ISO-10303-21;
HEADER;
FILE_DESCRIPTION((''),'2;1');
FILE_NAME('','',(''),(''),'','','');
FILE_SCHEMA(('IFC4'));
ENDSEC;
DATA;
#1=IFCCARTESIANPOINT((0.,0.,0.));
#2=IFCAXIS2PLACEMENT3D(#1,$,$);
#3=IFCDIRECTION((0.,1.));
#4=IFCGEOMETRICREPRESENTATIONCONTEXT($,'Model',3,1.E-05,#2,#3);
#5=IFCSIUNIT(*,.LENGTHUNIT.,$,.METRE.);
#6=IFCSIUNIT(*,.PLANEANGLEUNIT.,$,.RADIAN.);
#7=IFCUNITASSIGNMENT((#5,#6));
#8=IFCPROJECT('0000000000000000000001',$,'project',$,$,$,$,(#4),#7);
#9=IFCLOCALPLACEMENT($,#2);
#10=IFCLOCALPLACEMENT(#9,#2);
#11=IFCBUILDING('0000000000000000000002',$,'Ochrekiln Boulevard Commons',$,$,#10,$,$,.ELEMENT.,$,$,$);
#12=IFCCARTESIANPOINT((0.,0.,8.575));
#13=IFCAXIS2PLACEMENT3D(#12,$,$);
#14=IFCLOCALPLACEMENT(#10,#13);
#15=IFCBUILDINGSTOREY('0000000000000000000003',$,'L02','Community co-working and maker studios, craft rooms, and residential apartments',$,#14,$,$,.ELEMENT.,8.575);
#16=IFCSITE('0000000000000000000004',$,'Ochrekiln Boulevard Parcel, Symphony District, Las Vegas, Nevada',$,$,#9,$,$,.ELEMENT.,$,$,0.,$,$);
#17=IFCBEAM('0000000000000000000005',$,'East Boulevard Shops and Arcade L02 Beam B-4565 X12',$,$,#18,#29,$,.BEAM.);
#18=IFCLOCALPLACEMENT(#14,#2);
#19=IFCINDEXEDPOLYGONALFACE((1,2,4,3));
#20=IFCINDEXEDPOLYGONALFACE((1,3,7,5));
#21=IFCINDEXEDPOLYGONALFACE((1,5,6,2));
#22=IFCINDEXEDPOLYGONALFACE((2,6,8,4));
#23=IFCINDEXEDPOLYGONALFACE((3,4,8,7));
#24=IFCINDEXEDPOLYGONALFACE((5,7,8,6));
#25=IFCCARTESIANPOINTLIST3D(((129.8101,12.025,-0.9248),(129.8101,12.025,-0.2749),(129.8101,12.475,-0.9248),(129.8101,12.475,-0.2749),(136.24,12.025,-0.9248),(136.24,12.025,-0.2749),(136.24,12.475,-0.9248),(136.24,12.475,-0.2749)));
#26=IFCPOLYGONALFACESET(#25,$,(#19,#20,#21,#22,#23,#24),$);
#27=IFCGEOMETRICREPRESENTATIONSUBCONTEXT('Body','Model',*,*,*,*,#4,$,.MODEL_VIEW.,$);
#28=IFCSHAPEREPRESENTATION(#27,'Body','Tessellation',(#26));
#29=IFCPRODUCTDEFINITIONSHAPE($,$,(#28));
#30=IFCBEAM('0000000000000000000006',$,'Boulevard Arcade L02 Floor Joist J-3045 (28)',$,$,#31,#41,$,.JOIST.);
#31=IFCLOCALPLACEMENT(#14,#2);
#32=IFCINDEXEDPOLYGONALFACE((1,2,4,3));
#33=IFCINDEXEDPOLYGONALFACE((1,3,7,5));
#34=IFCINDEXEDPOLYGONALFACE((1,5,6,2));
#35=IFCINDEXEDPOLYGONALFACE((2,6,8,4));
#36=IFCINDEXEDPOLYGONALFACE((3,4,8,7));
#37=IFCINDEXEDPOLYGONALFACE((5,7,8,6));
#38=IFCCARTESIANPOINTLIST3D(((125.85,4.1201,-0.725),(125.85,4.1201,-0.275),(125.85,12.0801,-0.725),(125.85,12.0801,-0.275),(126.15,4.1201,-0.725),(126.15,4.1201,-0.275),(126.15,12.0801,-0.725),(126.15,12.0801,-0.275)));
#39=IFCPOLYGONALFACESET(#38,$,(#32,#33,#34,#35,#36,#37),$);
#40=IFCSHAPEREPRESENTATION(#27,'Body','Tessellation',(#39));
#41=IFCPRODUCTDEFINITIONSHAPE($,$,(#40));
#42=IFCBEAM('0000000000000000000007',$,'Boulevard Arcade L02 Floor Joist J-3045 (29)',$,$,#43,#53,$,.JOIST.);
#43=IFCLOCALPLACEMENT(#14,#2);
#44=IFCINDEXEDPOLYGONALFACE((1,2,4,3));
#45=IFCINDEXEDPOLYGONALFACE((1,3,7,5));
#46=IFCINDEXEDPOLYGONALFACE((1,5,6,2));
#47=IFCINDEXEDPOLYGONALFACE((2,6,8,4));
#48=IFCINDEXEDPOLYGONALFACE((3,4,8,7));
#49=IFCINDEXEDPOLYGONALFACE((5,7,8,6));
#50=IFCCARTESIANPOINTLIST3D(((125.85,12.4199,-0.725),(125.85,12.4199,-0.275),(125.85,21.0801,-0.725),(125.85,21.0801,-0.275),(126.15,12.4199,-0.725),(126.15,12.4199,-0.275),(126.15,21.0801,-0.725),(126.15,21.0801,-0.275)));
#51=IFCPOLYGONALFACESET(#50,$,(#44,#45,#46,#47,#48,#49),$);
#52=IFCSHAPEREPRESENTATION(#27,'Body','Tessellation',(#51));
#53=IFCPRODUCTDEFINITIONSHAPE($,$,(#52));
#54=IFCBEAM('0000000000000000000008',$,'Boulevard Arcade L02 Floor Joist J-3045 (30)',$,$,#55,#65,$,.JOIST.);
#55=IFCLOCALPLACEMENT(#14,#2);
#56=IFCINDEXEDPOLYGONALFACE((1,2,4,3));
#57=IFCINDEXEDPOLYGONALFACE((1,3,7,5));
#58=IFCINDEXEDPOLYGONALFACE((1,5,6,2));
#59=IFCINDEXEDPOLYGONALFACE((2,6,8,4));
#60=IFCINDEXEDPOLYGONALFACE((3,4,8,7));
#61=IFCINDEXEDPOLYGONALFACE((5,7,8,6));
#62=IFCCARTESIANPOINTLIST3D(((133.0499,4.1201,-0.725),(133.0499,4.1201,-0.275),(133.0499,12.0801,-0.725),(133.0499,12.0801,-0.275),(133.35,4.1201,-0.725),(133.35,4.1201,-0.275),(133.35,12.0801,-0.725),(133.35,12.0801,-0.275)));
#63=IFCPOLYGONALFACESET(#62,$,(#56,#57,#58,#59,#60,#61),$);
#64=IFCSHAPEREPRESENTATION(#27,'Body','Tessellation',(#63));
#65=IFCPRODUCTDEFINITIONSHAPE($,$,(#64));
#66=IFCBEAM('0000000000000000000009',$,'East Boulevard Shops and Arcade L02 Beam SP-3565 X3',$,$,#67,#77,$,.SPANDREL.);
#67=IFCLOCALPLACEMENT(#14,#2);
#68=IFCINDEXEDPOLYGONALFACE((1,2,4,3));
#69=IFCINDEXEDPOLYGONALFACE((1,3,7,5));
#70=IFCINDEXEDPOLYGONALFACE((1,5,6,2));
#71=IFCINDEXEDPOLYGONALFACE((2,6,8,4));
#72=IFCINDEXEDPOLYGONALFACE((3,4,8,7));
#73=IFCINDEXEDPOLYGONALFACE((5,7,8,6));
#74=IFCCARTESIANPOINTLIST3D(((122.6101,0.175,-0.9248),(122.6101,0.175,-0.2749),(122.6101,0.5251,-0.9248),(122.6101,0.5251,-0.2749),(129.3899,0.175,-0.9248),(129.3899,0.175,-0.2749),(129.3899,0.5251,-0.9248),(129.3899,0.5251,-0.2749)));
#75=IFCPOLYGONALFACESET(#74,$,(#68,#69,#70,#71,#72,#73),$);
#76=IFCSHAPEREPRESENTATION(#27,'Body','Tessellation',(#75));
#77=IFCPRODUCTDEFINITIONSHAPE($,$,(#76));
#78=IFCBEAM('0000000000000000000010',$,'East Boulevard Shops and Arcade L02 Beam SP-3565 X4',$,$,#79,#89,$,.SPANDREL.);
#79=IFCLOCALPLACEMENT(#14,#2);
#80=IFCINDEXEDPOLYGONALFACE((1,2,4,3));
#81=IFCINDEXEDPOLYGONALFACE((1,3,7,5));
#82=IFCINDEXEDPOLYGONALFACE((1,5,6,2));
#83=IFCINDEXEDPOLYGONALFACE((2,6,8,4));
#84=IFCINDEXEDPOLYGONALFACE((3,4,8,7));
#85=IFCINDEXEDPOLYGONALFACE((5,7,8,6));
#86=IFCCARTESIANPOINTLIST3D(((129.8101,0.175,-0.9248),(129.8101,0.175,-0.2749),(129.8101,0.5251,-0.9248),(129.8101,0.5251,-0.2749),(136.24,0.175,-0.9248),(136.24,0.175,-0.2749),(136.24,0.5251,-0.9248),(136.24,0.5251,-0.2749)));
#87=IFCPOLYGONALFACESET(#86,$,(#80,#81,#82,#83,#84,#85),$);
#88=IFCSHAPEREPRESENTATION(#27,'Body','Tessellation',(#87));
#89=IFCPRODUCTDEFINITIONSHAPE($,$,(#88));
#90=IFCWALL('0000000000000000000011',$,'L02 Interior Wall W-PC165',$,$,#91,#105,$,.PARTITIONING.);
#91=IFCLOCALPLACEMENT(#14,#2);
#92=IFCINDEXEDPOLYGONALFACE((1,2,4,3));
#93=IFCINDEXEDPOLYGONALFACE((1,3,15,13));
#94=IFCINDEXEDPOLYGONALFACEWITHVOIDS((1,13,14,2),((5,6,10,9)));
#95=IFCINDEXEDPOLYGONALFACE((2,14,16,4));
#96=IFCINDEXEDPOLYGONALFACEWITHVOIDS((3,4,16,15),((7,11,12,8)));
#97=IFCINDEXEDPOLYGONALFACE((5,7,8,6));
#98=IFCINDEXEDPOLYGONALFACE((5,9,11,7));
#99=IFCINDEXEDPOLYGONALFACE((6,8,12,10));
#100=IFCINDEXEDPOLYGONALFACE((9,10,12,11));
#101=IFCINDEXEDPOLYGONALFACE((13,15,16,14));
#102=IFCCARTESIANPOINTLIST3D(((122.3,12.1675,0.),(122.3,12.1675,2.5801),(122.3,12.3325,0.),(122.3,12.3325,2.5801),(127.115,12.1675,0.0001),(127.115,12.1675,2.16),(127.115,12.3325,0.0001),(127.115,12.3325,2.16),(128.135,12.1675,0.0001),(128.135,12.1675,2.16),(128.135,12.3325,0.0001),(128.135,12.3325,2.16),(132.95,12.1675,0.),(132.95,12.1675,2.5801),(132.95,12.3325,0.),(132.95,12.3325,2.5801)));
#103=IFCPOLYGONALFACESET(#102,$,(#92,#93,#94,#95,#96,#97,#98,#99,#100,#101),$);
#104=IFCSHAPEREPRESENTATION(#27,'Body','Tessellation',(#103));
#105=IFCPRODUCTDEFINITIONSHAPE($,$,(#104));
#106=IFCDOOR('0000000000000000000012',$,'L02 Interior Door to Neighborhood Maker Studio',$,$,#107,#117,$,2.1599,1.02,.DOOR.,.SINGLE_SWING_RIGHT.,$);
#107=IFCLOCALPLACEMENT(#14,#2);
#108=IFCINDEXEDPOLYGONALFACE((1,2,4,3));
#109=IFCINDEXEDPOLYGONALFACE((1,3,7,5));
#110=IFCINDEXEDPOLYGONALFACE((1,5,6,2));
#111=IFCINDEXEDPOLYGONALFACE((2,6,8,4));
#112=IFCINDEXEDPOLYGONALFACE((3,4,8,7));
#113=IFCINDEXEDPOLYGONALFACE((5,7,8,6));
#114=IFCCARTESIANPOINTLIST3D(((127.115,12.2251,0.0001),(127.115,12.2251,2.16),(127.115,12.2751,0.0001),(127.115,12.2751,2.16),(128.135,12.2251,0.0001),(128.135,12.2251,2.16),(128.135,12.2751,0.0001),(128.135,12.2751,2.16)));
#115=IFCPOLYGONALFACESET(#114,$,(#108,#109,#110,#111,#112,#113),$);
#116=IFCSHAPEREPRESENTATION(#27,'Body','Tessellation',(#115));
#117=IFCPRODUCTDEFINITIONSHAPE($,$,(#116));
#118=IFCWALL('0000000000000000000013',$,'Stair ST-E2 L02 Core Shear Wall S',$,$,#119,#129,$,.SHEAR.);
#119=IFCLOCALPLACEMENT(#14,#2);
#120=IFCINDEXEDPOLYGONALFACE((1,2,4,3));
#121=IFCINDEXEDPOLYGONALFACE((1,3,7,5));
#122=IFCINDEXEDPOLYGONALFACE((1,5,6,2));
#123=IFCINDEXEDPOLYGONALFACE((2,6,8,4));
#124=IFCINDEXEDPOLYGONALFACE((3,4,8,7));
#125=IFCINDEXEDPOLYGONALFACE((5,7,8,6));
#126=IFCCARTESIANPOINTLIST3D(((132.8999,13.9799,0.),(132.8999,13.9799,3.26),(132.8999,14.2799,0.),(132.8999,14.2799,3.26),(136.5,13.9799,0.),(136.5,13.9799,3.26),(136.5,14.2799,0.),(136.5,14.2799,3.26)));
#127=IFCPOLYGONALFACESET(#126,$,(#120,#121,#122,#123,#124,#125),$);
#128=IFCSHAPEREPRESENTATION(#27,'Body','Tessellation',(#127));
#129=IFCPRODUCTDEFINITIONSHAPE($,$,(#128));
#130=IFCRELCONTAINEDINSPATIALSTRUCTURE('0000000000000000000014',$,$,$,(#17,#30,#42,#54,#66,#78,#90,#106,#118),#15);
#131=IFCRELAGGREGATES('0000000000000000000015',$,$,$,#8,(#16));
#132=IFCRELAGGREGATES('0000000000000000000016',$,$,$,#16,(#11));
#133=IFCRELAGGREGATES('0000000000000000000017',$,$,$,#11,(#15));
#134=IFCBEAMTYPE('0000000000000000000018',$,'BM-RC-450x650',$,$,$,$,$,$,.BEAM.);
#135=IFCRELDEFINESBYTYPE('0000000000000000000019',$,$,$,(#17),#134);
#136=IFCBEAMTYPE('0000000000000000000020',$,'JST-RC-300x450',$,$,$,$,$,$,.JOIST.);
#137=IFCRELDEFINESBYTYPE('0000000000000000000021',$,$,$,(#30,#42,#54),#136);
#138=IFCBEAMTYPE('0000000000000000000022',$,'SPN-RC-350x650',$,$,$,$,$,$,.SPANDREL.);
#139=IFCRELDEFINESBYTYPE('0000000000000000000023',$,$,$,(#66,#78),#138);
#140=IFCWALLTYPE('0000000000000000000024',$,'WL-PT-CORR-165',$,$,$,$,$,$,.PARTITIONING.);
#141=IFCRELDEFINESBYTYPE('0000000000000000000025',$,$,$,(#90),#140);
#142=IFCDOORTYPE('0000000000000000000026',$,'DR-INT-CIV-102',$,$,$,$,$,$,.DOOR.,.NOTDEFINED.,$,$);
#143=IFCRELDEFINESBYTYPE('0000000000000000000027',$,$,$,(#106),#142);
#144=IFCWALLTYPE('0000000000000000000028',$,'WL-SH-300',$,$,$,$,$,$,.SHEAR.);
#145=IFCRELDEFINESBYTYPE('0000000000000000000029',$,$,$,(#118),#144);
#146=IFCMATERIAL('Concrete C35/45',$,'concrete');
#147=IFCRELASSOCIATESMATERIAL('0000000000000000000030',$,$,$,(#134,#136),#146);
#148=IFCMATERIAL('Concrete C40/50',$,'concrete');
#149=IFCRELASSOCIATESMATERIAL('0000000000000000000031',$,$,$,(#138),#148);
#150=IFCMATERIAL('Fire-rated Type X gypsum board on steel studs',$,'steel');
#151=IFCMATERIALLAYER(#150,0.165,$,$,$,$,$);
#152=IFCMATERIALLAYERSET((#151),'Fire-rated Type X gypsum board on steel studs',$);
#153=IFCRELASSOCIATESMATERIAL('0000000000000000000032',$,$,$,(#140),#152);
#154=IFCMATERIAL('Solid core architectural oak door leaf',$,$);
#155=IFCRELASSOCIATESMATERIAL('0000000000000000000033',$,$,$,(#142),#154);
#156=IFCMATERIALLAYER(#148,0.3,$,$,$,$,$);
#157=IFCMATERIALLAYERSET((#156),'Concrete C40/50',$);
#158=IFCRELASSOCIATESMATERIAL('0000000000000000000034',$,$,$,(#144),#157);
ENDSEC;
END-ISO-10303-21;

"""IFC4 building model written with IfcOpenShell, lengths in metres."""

from ifc_helpers import new_model, si_unit, direction, frame, frame_2d, origin, origin_2d, place, context, subcontext, project, spatial, rectangle, extrude, material, layer, layer_set, material_profile, profile_set, type_object, element, fill, save


model = new_model("IFC4")

# Units and contexts
model_context = context("Model", 3, precision=1e-05, world=origin(), true_north=direction((0.0, 1.0)))
body_context = subcontext(model_context, "Body", "Model", "MODEL_VIEW")
ifc_project = project(units=[si_unit("LENGTHUNIT", "METRE"), si_unit("PLANEANGLEUNIT", "RADIAN")], contexts=[model_context])

# Site, building, storey
site_placement = place(None, origin())
site = spatial("IfcSite", under=ifc_project, at=site_placement, Name="Ochrekiln Boulevard Parcel, Symphony District, Las Vegas, Nevada", CompositionType="ELEMENT", RefElevation=0.0)
building_placement = place(site_placement, origin())
building = spatial("IfcBuilding", under=site, at=building_placement, Name="Ochrekiln Boulevard Commons", CompositionType="ELEMENT")
storey_placement = place(building_placement, frame((0.0, 0.0, 8.575)))
storey = spatial("IfcBuildingStorey", under=building, at=storey_placement, Name="L02", Description="Community co-working and maker studios, craft rooms, and residential apartments", CompositionType="ELEMENT", Elevation=8.575)

# Shared definitions
ifc_material_1 = material(Name="Concrete C35/45", Category="concrete")
ifc_material_2 = material(Name="Concrete C40/50", Category="concrete")

# Beams
ifc_material_profile_1 = material_profile(ifc_material_1, rectangle(XDim=0.45, YDim=0.6499, at=origin_2d()), Name="RC-BM-450x650")
ifc_profile_set_1 = profile_set([ifc_material_profile_1], Name="Concrete C35/45")
beam_type_1 = type_object("IfcBeamType", Name="BM-RC-450x650", PredefinedType="BEAM", material=ifc_profile_set_1)
beam_1_placement = place(storey_placement, frame((129.8101, 12.25, -0.5999), z_axis=(1.0, 0.0, 0.0), x_axis=(0.0, 1.0, 0.0)))
element("IfcBeam", 1, at=beam_1_placement, inside=storey, type_object=beam_type_1, Name="East Boulevard Shops and Arcade L02 Beam B-4565 X12", PredefinedType="BEAM", context=body_context, shape_type="SweptSolid", body=[
    extrude(rectangle(XDim=0.45, YDim=0.6499, at=origin_2d()), origin(), (0.0, 0.0, 1.0), 6.4299),
])
ifc_material_profile_2 = material_profile(ifc_material_1, rectangle(XDim=0.3, YDim=0.45, at=origin_2d()), Name="RC-JST-300x450")
ifc_profile_set_2 = profile_set([ifc_material_profile_2], Name="Concrete C35/45")
beam_type_2 = type_object("IfcBeamType", Name="JST-RC-300x450", PredefinedType="JOIST", material=ifc_profile_set_2)
beam_2_placement = place(storey_placement, frame((126.0, 4.1201, -0.5), z_axis=(0.0, 1.0, 0.0), x_axis=(-1.0, 0.0, 0.0)))
element("IfcBeam", 2, at=beam_2_placement, inside=storey, type_object=beam_type_2, Name="Boulevard Arcade L02 Floor Joist J-3045 (28)", PredefinedType="JOIST", context=body_context, shape_type="SweptSolid", body=[
    extrude(rectangle(XDim=0.3, YDim=0.45, at=origin_2d()), origin(), (0.0, 0.0, 1.0), 7.96),
])
beam_3_placement = place(storey_placement, frame((126.0, 12.4199, -0.5), z_axis=(0.0, 1.0, 0.0), x_axis=(-1.0, 0.0, 0.0)))
element("IfcBeam", 3, at=beam_3_placement, inside=storey, type_object=beam_type_2, Name="Boulevard Arcade L02 Floor Joist J-3045 (29)", PredefinedType="JOIST", context=body_context, shape_type="SweptSolid", body=[
    extrude(rectangle(XDim=0.3, YDim=0.45, at=origin_2d()), origin(), (0.0, 0.0, 1.0), 8.6602),
])
beam_4_placement = place(storey_placement, frame((133.2, 4.1201, -0.5), z_axis=(0.0, 1.0, 0.0), x_axis=(-1.0, 0.0, 0.0)))
element("IfcBeam", 4, at=beam_4_placement, inside=storey, type_object=beam_type_2, Name="Boulevard Arcade L02 Floor Joist J-3045 (30)", PredefinedType="JOIST", context=body_context, shape_type="SweptSolid", body=[
    extrude(rectangle(XDim=0.3, YDim=0.45, at=origin_2d()), origin(), (0.0, 0.0, 1.0), 7.96),
])
ifc_material_profile_3 = material_profile(ifc_material_2, rectangle(XDim=0.3501, YDim=0.6499, at=origin_2d()), Name="RC-SPN-350x650")
ifc_profile_set_3 = profile_set([ifc_material_profile_3], Name="Concrete C40/50")
beam_type_3 = type_object("IfcBeamType", Name="SPN-RC-350x650", PredefinedType="SPANDREL", material=ifc_profile_set_3)
beam_5_placement = place(storey_placement, frame((122.6101, 0.3501, -0.5999), z_axis=(1.0, 0.0, 0.0), x_axis=(0.0, 1.0, 0.0)))
element("IfcBeam", 5, at=beam_5_placement, inside=storey, type_object=beam_type_3, Name="East Boulevard Shops and Arcade L02 Beam SP-3565 X3", PredefinedType="SPANDREL", context=body_context, shape_type="SweptSolid", body=[
    extrude(rectangle(XDim=0.3501, YDim=0.6499, at=origin_2d()), origin(), (0.0, 0.0, 1.0), 6.7798),
])
beam_6_placement = place(storey_placement, frame((129.8101, 0.3501, -0.5999), z_axis=(1.0, 0.0, 0.0), x_axis=(0.0, 1.0, 0.0)))
element("IfcBeam", 6, at=beam_6_placement, inside=storey, type_object=beam_type_3, Name="East Boulevard Shops and Arcade L02 Beam SP-3565 X4", PredefinedType="SPANDREL", context=body_context, shape_type="SweptSolid", body=[
    extrude(rectangle(XDim=0.3501, YDim=0.6499, at=origin_2d()), origin(), (0.0, 0.0, 1.0), 6.4299),
])

# Wall, opening, door
ifc_material_3 = material(Name="Fire-rated Type X gypsum board on steel studs", Category="steel")
ifc_layer_1 = layer(ifc_material_3, 0.165)
ifc_layer_set_1 = layer_set([ifc_layer_1], Name="Fire-rated Type X gypsum board on steel studs")
wall_type_1 = type_object("IfcWallType", Name="WL-PT-CORR-165", PredefinedType="PARTITIONING", material=ifc_layer_set_1)
wall_1_placement = place(storey_placement, frame((122.3, 12.25, 0.0), z_axis=(0.0, 0.0, 1.0), x_axis=(1.0, 0.0, 0.0)))
wall_1 = element("IfcWall", 7, at=wall_1_placement, inside=storey, type_object=wall_type_1, Name="L02 Interior Wall W-PC165", PredefinedType="PARTITIONING", context=body_context, shape_type="SweptSolid", body=[
    extrude(rectangle(XDim=10.6499, YDim=0.165, at=frame_2d((5.325, 0.0))), origin(), (0.0, 0.0, 1.0), 2.5801),
])
opening_placement = place(wall_1_placement, frame((4.8149, 0.0, 0.0)))
opening = element("IfcOpeningElement", 8, at=opening_placement, cuts=wall_1, PredefinedType="OPENING", context=body_context, shape_type="SweptSolid", body=[
    extrude(rectangle(XDim=1.02, YDim=2.1599, at=frame_2d((0.51, 1.0801))), frame((0.0, 0.0925, 0.0), z_axis=(0.0, -1.0, 0.0), x_axis=(1.0, 0.0, 0.0)), (0.0, 0.0, 1.0), 0.1851),
])
ifc_material_4 = material(Name="Solid core architectural oak door leaf")
door_type = type_object("IfcDoorType", Name="DR-INT-CIV-102", OperationType="NOTDEFINED", PredefinedType="DOOR", material=ifc_material_4)
door_placement = place(opening_placement, frame((1.02, 0.0, 0.0), z_axis=(0.0, 0.0, 1.0), x_axis=(-1.0, 0.0, 0.0)))
door = element("IfcDoor", 9, at=door_placement, inside=storey, type_object=door_type, Name="L02 Interior Door to Neighborhood Maker Studio", OperationType="SINGLE_SWING_RIGHT", OverallHeight=2.1599, OverallWidth=1.02, PredefinedType="DOOR", context=body_context, shape_type="SweptSolid", body=[
    extrude(rectangle(XDim=1.02, YDim=2.1599, at=frame_2d((0.51, 1.0801))), frame((0.0, 0.0249, 0.0), z_axis=(0.0, -1.0, 0.0), x_axis=(1.0, 0.0, 0.0)), (0.0, 0.0, 1.0), 0.05),
])
fill(opening, door)

# Wall
ifc_layer_2 = layer(ifc_material_2, 0.3)
ifc_layer_set_2 = layer_set([ifc_layer_2], Name="Concrete C40/50")
wall_type_2 = type_object("IfcWallType", Name="WL-SH-300", PredefinedType="SHEAR", material=ifc_layer_set_2)
wall_2_placement = place(storey_placement, frame((132.8999, 14.1299, 0.0), z_axis=(0.0, 0.0, 1.0), x_axis=(1.0, 0.0, 0.0)))
element("IfcWall", 10, at=wall_2_placement, inside=storey, type_object=wall_type_2, Name="Stair ST-E2 L02 Core Shear Wall S", PredefinedType="SHEAR", context=body_context, shape_type="SweptSolid", body=[
    extrude(rectangle(XDim=3.6001, YDim=0.3, at=frame_2d((1.8, 0.0))), origin(), (0.0, 0.0, 1.0), 3.26),
])

save(model, "model.ifc")
